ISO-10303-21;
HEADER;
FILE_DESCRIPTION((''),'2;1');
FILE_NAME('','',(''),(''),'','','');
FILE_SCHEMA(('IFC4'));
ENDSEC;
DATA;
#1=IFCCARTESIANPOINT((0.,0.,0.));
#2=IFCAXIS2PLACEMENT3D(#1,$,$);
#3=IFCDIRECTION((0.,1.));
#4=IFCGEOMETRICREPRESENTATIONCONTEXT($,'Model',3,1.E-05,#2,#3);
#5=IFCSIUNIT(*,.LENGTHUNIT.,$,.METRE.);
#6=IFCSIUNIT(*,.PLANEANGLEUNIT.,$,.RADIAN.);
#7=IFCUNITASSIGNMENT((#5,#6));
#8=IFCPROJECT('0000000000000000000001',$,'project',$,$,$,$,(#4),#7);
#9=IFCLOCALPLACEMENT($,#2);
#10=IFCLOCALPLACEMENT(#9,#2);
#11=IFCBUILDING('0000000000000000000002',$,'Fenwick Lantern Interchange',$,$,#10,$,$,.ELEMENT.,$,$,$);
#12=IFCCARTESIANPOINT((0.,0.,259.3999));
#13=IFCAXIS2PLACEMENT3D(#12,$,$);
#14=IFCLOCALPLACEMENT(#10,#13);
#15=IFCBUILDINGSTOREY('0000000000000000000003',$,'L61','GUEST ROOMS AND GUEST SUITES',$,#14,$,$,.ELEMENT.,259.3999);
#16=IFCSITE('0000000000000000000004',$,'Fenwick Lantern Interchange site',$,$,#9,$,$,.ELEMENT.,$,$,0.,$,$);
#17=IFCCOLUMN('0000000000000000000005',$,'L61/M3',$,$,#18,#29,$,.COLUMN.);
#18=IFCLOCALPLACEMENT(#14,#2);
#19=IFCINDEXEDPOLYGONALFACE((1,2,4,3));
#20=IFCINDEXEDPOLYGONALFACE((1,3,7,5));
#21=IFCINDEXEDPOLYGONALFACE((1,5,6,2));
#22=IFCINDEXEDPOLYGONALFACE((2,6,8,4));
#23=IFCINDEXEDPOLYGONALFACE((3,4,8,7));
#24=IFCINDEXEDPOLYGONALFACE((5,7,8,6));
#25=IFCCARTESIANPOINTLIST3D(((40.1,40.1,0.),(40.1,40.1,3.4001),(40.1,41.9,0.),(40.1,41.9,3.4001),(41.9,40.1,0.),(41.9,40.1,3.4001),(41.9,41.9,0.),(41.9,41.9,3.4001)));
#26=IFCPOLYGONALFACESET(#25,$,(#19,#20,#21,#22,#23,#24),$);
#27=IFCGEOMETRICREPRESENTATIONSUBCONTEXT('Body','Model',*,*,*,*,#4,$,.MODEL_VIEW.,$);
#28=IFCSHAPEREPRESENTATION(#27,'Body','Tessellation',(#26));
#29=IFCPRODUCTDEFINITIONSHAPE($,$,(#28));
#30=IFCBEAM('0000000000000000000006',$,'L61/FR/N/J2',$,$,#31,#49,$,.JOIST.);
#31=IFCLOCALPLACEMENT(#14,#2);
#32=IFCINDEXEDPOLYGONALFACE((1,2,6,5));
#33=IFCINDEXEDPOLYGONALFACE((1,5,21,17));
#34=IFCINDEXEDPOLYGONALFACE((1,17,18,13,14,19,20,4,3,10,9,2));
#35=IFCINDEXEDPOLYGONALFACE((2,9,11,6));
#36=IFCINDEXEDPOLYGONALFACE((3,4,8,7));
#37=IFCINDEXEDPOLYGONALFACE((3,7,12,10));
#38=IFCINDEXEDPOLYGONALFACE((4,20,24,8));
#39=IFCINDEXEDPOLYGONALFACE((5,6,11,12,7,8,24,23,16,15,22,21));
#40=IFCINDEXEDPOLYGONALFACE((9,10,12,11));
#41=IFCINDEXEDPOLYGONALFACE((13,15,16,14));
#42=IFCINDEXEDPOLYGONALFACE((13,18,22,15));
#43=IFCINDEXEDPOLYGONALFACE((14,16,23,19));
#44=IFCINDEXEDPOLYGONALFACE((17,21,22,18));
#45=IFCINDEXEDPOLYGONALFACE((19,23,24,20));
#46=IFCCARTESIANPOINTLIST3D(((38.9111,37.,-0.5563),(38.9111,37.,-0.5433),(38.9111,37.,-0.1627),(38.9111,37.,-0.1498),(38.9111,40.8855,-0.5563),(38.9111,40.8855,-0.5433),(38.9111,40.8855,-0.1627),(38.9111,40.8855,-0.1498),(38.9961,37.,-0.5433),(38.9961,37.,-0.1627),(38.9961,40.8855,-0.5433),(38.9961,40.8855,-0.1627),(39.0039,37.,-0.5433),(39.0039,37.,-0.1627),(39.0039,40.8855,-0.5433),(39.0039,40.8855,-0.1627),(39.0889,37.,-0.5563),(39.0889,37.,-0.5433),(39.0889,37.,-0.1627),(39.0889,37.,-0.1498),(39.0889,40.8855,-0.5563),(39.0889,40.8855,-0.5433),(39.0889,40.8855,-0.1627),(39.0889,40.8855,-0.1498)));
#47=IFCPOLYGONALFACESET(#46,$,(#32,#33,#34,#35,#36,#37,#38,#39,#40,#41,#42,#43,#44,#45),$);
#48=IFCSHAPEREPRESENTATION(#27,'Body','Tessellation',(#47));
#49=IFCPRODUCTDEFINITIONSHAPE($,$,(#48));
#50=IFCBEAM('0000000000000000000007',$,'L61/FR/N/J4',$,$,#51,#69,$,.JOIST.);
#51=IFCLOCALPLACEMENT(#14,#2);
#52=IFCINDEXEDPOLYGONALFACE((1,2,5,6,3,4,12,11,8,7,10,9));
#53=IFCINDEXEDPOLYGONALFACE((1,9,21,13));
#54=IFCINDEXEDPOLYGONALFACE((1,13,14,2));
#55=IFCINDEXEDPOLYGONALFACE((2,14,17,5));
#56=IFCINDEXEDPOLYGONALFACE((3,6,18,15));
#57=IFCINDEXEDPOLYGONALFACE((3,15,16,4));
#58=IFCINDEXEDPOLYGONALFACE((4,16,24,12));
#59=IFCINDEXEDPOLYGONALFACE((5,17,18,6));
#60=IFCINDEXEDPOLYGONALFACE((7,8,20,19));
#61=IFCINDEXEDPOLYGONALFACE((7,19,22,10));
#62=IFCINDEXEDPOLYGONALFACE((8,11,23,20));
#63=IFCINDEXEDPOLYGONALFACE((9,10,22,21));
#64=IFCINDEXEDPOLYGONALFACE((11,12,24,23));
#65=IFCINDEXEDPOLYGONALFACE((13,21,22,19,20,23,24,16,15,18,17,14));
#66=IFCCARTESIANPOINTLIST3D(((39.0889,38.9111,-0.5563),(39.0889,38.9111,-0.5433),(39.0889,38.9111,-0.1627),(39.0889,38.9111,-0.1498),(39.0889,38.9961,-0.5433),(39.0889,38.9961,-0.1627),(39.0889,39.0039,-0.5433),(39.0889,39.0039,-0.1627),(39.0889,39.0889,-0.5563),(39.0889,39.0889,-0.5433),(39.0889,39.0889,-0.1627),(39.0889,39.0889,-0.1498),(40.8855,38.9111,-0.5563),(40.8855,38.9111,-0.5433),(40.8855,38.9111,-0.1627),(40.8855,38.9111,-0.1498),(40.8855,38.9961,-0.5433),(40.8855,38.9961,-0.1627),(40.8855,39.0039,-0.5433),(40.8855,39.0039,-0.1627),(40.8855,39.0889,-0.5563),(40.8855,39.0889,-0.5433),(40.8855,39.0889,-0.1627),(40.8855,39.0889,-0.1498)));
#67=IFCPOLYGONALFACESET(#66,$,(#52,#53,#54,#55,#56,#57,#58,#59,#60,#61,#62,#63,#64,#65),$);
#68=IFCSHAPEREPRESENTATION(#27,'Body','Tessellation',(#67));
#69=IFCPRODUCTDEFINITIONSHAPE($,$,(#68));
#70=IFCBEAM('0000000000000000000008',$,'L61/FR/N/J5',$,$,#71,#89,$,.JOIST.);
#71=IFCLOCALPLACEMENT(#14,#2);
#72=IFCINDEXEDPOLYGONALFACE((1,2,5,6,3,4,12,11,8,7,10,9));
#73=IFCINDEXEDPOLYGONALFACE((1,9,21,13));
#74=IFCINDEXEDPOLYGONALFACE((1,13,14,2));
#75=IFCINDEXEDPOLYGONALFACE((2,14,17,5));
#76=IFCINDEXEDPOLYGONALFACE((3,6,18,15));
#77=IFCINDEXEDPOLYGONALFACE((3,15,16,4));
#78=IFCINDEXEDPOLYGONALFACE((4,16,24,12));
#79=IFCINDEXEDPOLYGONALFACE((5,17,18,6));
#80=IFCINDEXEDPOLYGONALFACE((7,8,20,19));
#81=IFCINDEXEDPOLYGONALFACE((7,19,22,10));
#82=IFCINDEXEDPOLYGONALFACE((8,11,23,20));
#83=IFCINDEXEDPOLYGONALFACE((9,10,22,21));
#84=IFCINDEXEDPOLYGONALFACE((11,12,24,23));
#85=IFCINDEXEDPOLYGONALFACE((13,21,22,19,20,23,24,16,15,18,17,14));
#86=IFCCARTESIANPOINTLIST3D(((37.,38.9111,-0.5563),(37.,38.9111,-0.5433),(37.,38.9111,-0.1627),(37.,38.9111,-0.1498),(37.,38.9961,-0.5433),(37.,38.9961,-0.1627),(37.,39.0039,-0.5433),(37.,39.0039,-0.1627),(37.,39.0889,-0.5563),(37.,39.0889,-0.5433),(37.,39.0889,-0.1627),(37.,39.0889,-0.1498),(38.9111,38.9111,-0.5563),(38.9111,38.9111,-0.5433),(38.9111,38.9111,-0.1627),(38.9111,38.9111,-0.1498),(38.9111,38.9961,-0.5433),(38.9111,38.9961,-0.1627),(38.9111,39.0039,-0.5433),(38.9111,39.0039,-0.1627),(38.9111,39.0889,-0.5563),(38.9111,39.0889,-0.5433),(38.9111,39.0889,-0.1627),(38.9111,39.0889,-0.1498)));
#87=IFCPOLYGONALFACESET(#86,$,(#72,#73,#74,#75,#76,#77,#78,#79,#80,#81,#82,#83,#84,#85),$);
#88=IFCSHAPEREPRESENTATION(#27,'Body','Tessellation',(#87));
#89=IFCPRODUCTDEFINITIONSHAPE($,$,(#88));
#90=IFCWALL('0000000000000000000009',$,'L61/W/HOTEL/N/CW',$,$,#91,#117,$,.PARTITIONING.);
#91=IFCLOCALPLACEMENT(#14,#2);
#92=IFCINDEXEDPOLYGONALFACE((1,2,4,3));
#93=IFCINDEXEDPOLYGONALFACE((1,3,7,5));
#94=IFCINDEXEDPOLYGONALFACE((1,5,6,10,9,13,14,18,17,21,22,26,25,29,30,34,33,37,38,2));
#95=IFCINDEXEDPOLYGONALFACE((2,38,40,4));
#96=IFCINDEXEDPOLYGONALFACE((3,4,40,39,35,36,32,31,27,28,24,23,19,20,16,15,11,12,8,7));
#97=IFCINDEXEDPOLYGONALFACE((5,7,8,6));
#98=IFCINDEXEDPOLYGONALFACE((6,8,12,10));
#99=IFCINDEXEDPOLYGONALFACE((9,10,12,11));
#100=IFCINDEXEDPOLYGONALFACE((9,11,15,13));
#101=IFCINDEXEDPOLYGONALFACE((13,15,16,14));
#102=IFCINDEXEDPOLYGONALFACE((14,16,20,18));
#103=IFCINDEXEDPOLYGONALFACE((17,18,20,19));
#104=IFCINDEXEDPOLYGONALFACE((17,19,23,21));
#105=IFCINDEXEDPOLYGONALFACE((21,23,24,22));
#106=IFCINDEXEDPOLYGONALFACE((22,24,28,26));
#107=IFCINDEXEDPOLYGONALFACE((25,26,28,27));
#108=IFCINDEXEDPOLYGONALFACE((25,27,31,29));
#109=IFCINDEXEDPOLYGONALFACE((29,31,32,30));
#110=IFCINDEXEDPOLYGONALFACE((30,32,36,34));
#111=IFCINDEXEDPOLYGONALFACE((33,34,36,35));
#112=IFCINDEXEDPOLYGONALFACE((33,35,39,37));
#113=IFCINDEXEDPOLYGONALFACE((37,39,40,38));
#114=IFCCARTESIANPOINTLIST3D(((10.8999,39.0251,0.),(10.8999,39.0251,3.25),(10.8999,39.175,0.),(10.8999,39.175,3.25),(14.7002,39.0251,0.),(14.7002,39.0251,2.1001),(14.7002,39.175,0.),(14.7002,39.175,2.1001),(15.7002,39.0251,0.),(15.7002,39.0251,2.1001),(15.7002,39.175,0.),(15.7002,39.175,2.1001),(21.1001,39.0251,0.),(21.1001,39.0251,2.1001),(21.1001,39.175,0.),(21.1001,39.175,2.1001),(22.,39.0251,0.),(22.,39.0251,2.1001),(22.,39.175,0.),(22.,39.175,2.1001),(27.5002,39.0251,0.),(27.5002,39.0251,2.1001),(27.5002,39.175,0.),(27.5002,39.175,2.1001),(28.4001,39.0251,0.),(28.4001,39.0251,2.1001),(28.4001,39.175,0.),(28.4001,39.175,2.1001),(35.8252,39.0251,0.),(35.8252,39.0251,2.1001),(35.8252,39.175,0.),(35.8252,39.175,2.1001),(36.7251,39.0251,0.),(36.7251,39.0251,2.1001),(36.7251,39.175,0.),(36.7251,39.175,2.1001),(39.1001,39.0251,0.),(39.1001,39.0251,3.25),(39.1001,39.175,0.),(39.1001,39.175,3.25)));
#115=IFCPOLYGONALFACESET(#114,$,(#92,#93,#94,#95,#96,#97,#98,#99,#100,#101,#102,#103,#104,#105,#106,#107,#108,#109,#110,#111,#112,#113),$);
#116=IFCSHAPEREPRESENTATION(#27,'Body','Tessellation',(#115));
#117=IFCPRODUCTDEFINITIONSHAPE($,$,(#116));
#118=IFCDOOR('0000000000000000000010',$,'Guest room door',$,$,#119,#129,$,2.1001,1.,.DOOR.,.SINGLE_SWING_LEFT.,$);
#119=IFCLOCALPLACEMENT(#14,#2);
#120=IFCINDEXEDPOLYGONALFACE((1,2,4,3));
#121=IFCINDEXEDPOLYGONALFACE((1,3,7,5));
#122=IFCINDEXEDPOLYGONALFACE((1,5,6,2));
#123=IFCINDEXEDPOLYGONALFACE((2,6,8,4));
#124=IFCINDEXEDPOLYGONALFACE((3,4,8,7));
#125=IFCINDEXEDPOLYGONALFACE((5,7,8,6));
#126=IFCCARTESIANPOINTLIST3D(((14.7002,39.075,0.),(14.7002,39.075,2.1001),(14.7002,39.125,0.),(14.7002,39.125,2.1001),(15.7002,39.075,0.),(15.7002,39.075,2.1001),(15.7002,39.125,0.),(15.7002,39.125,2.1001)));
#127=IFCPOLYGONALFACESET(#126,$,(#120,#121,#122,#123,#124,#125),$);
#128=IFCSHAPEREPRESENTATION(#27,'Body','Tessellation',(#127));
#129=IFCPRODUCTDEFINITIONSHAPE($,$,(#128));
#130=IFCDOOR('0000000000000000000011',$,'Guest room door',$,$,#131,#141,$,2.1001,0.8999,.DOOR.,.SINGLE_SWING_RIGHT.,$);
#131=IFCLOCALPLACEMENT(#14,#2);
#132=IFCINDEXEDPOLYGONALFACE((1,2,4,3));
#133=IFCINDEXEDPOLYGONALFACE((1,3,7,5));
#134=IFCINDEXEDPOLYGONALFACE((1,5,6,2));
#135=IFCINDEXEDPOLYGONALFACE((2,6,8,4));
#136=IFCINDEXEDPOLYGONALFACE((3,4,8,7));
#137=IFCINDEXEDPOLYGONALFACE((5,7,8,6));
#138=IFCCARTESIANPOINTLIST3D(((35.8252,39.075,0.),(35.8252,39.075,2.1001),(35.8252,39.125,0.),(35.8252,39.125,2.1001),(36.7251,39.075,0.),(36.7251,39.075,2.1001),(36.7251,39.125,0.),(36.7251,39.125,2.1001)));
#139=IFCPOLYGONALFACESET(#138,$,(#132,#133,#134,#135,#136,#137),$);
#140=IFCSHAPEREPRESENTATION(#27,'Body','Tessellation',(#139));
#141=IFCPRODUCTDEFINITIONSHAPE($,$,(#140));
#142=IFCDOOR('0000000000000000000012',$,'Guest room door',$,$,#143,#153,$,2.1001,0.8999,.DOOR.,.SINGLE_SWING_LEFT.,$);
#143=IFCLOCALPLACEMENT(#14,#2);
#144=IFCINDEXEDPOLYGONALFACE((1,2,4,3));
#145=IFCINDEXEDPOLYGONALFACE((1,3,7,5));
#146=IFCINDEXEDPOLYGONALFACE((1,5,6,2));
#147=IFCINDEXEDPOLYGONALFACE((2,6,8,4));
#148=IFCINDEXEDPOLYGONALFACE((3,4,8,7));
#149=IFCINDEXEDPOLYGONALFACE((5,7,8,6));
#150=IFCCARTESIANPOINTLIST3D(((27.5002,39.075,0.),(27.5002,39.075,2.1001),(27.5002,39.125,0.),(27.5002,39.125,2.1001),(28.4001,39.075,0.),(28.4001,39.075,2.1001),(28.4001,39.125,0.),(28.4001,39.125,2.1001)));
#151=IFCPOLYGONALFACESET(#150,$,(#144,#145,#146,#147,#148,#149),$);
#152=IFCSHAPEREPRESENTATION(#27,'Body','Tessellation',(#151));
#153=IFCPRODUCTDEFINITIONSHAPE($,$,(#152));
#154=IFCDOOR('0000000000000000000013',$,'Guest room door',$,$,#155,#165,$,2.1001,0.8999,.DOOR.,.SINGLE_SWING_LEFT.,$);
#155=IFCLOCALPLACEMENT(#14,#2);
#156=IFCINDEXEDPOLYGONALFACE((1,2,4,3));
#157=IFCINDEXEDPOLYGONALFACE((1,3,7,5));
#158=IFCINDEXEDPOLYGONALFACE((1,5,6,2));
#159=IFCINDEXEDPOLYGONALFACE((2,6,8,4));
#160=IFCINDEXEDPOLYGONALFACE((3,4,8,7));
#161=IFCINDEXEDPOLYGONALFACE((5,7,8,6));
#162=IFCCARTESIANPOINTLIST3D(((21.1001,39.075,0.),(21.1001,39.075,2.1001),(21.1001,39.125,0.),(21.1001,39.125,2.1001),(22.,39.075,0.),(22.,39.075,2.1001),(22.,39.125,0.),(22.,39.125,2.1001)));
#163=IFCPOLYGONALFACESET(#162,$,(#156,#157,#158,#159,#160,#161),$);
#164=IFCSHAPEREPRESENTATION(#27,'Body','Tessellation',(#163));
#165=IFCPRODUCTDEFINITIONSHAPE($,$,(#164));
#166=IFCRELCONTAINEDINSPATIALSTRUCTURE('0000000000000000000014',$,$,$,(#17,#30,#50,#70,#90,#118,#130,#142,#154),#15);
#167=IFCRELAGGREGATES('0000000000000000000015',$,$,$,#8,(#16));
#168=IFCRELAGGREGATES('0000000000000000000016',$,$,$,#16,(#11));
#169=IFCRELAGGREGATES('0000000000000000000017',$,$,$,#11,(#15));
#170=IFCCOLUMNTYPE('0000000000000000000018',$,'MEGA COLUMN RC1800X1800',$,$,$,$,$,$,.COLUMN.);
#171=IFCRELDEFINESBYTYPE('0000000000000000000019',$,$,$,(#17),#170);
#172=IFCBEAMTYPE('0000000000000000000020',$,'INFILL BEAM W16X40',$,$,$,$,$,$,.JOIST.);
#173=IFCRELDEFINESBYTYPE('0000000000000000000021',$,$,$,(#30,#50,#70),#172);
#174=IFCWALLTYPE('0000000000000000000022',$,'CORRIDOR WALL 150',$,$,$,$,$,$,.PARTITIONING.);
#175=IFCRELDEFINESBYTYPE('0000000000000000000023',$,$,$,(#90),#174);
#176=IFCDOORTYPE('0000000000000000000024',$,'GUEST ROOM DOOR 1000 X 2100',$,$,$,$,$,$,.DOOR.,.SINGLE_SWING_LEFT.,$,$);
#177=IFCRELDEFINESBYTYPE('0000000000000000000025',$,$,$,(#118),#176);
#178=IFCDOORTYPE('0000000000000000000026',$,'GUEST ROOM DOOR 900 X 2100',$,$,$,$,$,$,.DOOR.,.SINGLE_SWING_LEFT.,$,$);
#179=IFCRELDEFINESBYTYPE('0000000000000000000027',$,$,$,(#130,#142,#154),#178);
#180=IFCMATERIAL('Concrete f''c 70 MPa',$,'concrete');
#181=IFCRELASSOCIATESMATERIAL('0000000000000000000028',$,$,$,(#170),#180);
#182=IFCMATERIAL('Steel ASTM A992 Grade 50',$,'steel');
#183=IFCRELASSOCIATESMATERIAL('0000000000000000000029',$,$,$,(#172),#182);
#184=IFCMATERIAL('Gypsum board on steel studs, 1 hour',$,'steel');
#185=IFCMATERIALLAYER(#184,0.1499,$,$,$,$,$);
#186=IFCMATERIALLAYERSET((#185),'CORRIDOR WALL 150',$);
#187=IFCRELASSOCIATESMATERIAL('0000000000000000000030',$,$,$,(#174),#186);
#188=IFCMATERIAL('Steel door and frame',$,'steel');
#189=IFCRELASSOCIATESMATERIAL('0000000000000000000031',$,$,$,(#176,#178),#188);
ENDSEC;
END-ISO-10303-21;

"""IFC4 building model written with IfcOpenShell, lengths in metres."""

from ifc_helpers import new_model, si_unit, direction, frame, frame_2d, origin, origin_2d, place, context, subcontext, project, spatial, rectangle, i_section, extrude, material, layer, layer_set, material_profile, profile_set, type_object, element, fill, save


model = new_model("IFC4")

# Units and contexts
model_context = context("Model", 3, precision=1e-05, world=origin(), true_north=direction((0.0, 1.0)))
body_context = subcontext(model_context, "Body", "Model", "MODEL_VIEW")
ifc_project = project(units=[si_unit("LENGTHUNIT", "METRE"), si_unit("PLANEANGLEUNIT", "RADIAN")], contexts=[model_context])

# Site, building, storey
site_placement = place(None, origin())
site = spatial("IfcSite", under=ifc_project, at=site_placement, Name="Fenwick Lantern Interchange site", CompositionType="ELEMENT", RefElevation=0.0)
building_placement = place(site_placement, origin())
building = spatial("IfcBuilding", under=site, at=building_placement, Name="Fenwick Lantern Interchange", CompositionType="ELEMENT")
storey_placement = place(building_placement, frame((0.0, 0.0, 259.3999)))
storey = spatial("IfcBuildingStorey", under=building, at=storey_placement, Name="L61", Description="GUEST ROOMS AND GUEST SUITES", CompositionType="ELEMENT", Elevation=259.3999)

# Column
ifc_material_1 = material(Name="Concrete f'c 70 MPa", Category="concrete")
ifc_material_profile_1 = material_profile(ifc_material_1, rectangle(XDim=1.8, YDim=1.8, at=origin_2d()), Name="RC1800X1800")
ifc_profile_set_1 = profile_set([ifc_material_profile_1], Name="Concrete f'c 70 MPa")
column_type = type_object("IfcColumnType", Name="MEGA COLUMN RC1800X1800", PredefinedType="COLUMN", material=ifc_profile_set_1)
column_placement = place(storey_placement, frame((41.0, 41.0, 0.0), z_axis=(0.0, 0.0, 1.0), x_axis=(1.0, 0.0, 0.0)))
element("IfcColumn", 1, at=column_placement, inside=storey, type_object=column_type, Name="L61/M3", PredefinedType="COLUMN", context=body_context, shape_type="SweptSolid", body=[
    extrude(rectangle(XDim=1.8, YDim=1.8, at=origin_2d()), origin(), (0.0, 0.0, 1.0), 3.4001),
])

# Beams
ifc_material_2 = material(Name="Steel ASTM A992 Grade 50", Category="steel")
ifc_material_profile_2 = material_profile(ifc_material_2, i_section(OverallWidth=0.1777, OverallDepth=0.4065, WebThickness=0.0078, FlangeThickness=0.0129, at=origin_2d()), Name="W16X40")
ifc_profile_set_2 = profile_set([ifc_material_profile_2], Name="Steel ASTM A992 Grade 50")
beam_type = type_object("IfcBeamType", Name="INFILL BEAM W16X40", PredefinedType="JOIST", material=ifc_profile_set_2)
beam_1_placement = place(storey_placement, frame((39.0, 40.8855, -0.353), z_axis=(0.0, -1.0, 0.0), x_axis=(1.0, 0.0, 0.0)))
element("IfcBeam", 2, at=beam_1_placement, inside=storey, type_object=beam_type, Name="L61/FR/N/J2", PredefinedType="JOIST", context=body_context, shape_type="SweptSolid", body=[
    extrude(i_section(OverallWidth=0.1777, OverallDepth=0.4065, WebThickness=0.0078, FlangeThickness=0.0129, at=origin_2d()), origin(), (0.0, 0.0, 1.0), 3.8855),
])
beam_2_placement = place(storey_placement, frame((40.8855, 39.0, -0.353), z_axis=(-1.0, 0.0, 0.0), x_axis=(0.0, -1.0, 0.0)))
element("IfcBeam", 3, at=beam_2_placement, inside=storey, type_object=beam_type, Name="L61/FR/N/J4", PredefinedType="JOIST", context=body_context, shape_type="SweptSolid", body=[
    extrude(i_section(OverallWidth=0.1777, OverallDepth=0.4065, WebThickness=0.0078, FlangeThickness=0.0129, at=origin_2d()), origin(), (0.0, 0.0, 1.0), 1.7966),
])
beam_3_placement = place(storey_placement, frame((38.9111, 39.0, -0.353), z_axis=(-1.0, 0.0, 0.0), x_axis=(0.0, -1.0, 0.0)))
element("IfcBeam", 4, at=beam_3_placement, inside=storey, type_object=beam_type, Name="L61/FR/N/J5", PredefinedType="JOIST", context=body_context, shape_type="SweptSolid", body=[
    extrude(i_section(OverallWidth=0.1777, OverallDepth=0.4065, WebThickness=0.0078, FlangeThickness=0.0129, at=origin_2d()), origin(), (0.0, 0.0, 1.0), 1.9111),
])

# Wall, openings, doors
ifc_material_3 = material(Name="Gypsum board on steel studs, 1 hour", Category="steel")
ifc_layer = layer(ifc_material_3, 0.1499)
ifc_layer_set = layer_set([ifc_layer], Name="CORRIDOR WALL 150")
wall_type = type_object("IfcWallType", Name="CORRIDOR WALL 150", PredefinedType="PARTITIONING", material=ifc_layer_set)
wall_placement = place(storey_placement, frame((39.1001, 39.1001, 0.0), z_axis=(0.0, 0.0, 1.0), x_axis=(-1.0, 0.0, 0.0)))
wall = element("IfcWall", 5, at=wall_placement, inside=storey, type_object=wall_type, Name="L61/W/HOTEL/N/CW", PredefinedType="PARTITIONING", context=body_context, shape_type="SweptSolid", body=[
    extrude(rectangle(XDim=28.2002, YDim=0.1499, at=frame_2d((14.1001, 0.0))), origin(), (0.0, 0.0, 1.0), 3.25),
])
opening_1_placement = place(wall_placement, frame((2.375, 0.0, 0.0)))
opening_1 = element("IfcOpeningElement", 6, at=opening_1_placement, cuts=wall, PredefinedType="OPENING", context=body_context, shape_type="SweptSolid", body=[
    extrude(rectangle(XDim=0.8999, YDim=2.1001, at=frame_2d((0.45, 1.05))), frame((0.0, 0.085, 0.0), z_axis=(0.0, -1.0, 0.0), x_axis=(1.0, 0.0, 0.0)), (0.0, 0.0, 1.0), 0.1699),
])
opening_2_placement = place(wall_placement, frame((10.7, 0.0, 0.0)))
opening_2 = element("IfcOpeningElement", 7, at=opening_2_placement, cuts=wall, PredefinedType="OPENING", context=body_context, shape_type="SweptSolid", body=[
    extrude(rectangle(XDim=0.8999, YDim=2.1001, at=frame_2d((0.45, 1.05))), frame((0.0, 0.085, 0.0), z_axis=(0.0, -1.0, 0.0), x_axis=(1.0, 0.0, 0.0)), (0.0, 0.0, 1.0), 0.1699),
])
opening_3_placement = place(wall_placement, frame((17.1001, 0.0, 0.0)))
opening_3 = element("IfcOpeningElement", 8, at=opening_3_placement, cuts=wall, PredefinedType="OPENING", context=body_context, shape_type="SweptSolid", body=[
    extrude(rectangle(XDim=0.8999, YDim=2.1001, at=frame_2d((0.45, 1.05))), frame((0.0, 0.085, 0.0), z_axis=(0.0, -1.0, 0.0), x_axis=(1.0, 0.0, 0.0)), (0.0, 0.0, 1.0), 0.1699),
])
opening_4_placement = place(wall_placement, frame((23.3999, 0.0, 0.0)))
opening_4 = element("IfcOpeningElement", 9, at=opening_4_placement, cuts=wall, PredefinedType="OPENING", context=body_context, shape_type="SweptSolid", body=[
    extrude(rectangle(XDim=1.0, YDim=2.1001, at=frame_2d((0.5, 1.05))), frame((0.0, 0.085, 0.0), z_axis=(0.0, -1.0, 0.0), x_axis=(1.0, 0.0, 0.0)), (0.0, 0.0, 1.0), 0.1699),
])
ifc_material_4 = material(Name="Steel door and frame", Category="steel")
door_type_1 = type_object("IfcDoorType", Name="GUEST ROOM DOOR 1000 X 2100", OperationType="SINGLE_SWING_LEFT", PredefinedType="DOOR", material=ifc_material_4)
door_1_placement = place(opening_4_placement, frame((1.0, 0.0, 0.0), z_axis=(0.0, 0.0, 1.0), x_axis=(-1.0, 0.0, 0.0)))
door_1 = element("IfcDoor", 10, at=door_1_placement, inside=storey, type_object=door_type_1, Name="Guest room door", OperationType="SINGLE_SWING_LEFT", OverallHeight=2.1001, OverallWidth=1.0, PredefinedType="DOOR", context=body_context, shape_type="SweptSolid", body=[
    extrude(rectangle(XDim=1.0, YDim=2.1001, at=frame_2d((0.5, 1.05))), frame((0.0, 0.0249, 0.0), z_axis=(0.0, -1.0, 0.0), x_axis=(1.0, 0.0, 0.0)), (0.0, 0.0, 1.0), 0.05),
])
fill(opening_4, door_1)
door_type_2 = type_object("IfcDoorType", Name="GUEST ROOM DOOR 900 X 2100", OperationType="SINGLE_SWING_LEFT", PredefinedType="DOOR", material=ifc_material_4)
door_2_placement = place(opening_1_placement, frame((0.8999, 0.0, 0.0), z_axis=(0.0, 0.0, 1.0), x_axis=(-1.0, 0.0, 0.0)))
door_2 = element("IfcDoor", 11, at=door_2_placement, inside=storey, type_object=door_type_2, Name="Guest room door", OperationType="SINGLE_SWING_RIGHT", OverallHeight=2.1001, OverallWidth=0.8999, PredefinedType="DOOR", context=body_context, shape_type="SweptSolid", body=[
    extrude(rectangle(XDim=0.8999, YDim=2.1001, at=frame_2d((0.45, 1.05))), frame((0.0, 0.0249, 0.0), z_axis=(0.0, -1.0, 0.0), x_axis=(1.0, 0.0, 0.0)), (0.0, 0.0, 1.0), 0.05),
])
fill(opening_1, door_2)
door_3_placement = place(opening_2_placement, frame((0.8999, 0.0, 0.0), z_axis=(0.0, 0.0, 1.0), x_axis=(-1.0, 0.0, 0.0)))
door_3 = element("IfcDoor", 12, at=door_3_placement, inside=storey, type_object=door_type_2, Name="Guest room door", OperationType="SINGLE_SWING_LEFT", OverallHeight=2.1001, OverallWidth=0.8999, PredefinedType="DOOR", context=body_context, shape_type="SweptSolid", body=[
    extrude(rectangle(XDim=0.8999, YDim=2.1001, at=frame_2d((0.45, 1.05))), frame((0.0, 0.0249, 0.0), z_axis=(0.0, -1.0, 0.0), x_axis=(1.0, 0.0, 0.0)), (0.0, 0.0, 1.0), 0.05),
])
fill(opening_2, door_3)
door_4_placement = place(opening_3_placement, frame((0.8999, 0.0, 0.0), z_axis=(0.0, 0.0, 1.0), x_axis=(-1.0, 0.0, 0.0)))
door_4 = element("IfcDoor", 13, at=door_4_placement, inside=storey, type_object=door_type_2, Name="Guest room door", OperationType="SINGLE_SWING_LEFT", OverallHeight=2.1001, OverallWidth=0.8999, PredefinedType="DOOR", context=body_context, shape_type="SweptSolid", body=[
    extrude(rectangle(XDim=0.8999, YDim=2.1001, at=frame_2d((0.45, 1.05))), frame((0.0, 0.0249, 0.0), z_axis=(0.0, -1.0, 0.0), x_axis=(1.0, 0.0, 0.0)), (0.0, 0.0, 1.0), 0.05),
])
fill(opening_3, door_4)

save(model, "model.ifc")
